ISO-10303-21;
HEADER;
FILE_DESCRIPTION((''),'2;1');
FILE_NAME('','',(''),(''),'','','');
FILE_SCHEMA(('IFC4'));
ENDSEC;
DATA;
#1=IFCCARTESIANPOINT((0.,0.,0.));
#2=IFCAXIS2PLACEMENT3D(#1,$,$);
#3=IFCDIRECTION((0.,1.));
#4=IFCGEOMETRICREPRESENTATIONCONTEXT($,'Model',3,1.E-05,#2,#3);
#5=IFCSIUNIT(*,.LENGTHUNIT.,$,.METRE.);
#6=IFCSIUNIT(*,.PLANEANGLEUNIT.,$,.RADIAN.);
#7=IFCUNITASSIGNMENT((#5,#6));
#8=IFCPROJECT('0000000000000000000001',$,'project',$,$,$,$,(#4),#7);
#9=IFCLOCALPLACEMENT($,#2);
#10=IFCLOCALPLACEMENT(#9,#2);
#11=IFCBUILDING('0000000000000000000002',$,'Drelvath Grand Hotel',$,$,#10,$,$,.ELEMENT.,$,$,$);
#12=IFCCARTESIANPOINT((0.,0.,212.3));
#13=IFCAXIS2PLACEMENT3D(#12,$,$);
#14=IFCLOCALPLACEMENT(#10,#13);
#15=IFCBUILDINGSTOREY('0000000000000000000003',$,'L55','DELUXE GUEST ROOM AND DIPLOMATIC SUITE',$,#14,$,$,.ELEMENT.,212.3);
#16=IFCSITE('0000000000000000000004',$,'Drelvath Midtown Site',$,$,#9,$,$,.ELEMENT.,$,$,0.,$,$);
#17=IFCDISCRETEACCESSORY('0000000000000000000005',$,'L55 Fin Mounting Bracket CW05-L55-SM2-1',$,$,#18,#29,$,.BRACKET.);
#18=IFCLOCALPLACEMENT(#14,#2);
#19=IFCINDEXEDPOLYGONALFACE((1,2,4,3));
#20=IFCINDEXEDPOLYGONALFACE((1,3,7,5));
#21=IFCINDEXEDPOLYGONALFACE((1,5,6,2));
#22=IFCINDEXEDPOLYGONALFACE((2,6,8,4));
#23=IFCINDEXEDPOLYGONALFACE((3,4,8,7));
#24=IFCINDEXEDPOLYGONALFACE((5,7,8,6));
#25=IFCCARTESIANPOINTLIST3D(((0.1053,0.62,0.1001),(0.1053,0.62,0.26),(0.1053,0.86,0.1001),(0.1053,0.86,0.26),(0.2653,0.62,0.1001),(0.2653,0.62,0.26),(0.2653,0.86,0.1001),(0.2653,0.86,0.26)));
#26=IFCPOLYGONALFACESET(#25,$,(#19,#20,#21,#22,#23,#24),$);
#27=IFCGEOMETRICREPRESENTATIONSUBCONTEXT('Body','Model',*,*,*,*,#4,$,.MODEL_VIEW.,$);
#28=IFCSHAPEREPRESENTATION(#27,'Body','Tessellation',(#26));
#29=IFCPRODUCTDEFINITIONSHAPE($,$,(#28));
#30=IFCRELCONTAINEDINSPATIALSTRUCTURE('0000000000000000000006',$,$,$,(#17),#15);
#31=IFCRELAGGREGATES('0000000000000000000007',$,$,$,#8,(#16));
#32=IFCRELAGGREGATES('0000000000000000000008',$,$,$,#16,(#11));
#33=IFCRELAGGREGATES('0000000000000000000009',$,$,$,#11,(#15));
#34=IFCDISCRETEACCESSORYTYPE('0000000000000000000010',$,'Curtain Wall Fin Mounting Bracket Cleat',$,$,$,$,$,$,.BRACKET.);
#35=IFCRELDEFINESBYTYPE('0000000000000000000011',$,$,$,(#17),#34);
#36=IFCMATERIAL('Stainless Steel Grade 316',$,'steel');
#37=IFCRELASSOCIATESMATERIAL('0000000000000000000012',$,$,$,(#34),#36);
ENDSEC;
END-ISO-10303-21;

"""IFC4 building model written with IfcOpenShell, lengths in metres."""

from ifc_helpers import new_model, si_unit, direction, frame, origin, origin_2d, place, context, subcontext, project, spatial, rectangle, extrude, material, type_object, element, save


model = new_model("IFC4")

# Units and contexts
model_context = context("Model", 3, precision=1e-05, world=origin(), true_north=direction((0.0, 1.0)))
body_context = subcontext(model_context, "Body", "Model", "MODEL_VIEW")
ifc_project = project(units=[si_unit("LENGTHUNIT", "METRE"), si_unit("PLANEANGLEUNIT", "RADIAN")], contexts=[model_context])

# Site, building, storey
site_placement = place(None, origin())
site = spatial("IfcSite", under=ifc_project, at=site_placement, Name="Drelvath Midtown Site", CompositionType="ELEMENT", RefElevation=0.0)
building_placement = place(site_placement, origin())
building = spatial("IfcBuilding", under=site, at=building_placement, Name="Drelvath Grand Hotel", CompositionType="ELEMENT")
storey_placement = place(building_placement, frame((0.0, 0.0, 212.3)))
storey = spatial("IfcBuildingStorey", under=building, at=storey_placement, Name="L55", Description="DELUXE GUEST ROOM AND DIPLOMATIC SUITE", CompositionType="ELEMENT", Elevation=212.3)

# Discrete accessory
ifc_material_1 = material(Name="Stainless Steel Grade 316", Category="steel")
discrete_accessory_type = type_object("IfcDiscreteAccessoryType", Name="Curtain Wall Fin Mounting Bracket Cleat", PredefinedType="BRACKET", material=ifc_material_1)
discrete_accessory_placement = place(storey_placement, frame((0.1853, 0.74, 0.1001), z_axis=(0.0, 0.0, 1.0), x_axis=(-1.0, 0.0, 0.0)))
element("IfcDiscreteAccessory", 1, at=discrete_accessory_placement, inside=storey, type_object=discrete_accessory_type, Name="L55 Fin Mounting Bracket CW05-L55-SM2-1", PredefinedType="BRACKET", context=body_context, shape_type="SweptSolid", body=[
    extrude(rectangle(XDim=0.1599, YDim=0.24, at=origin_2d()), origin(), (0.0, 0.0, 1.0), 0.1599),
])

save(model, "model.ifc")
